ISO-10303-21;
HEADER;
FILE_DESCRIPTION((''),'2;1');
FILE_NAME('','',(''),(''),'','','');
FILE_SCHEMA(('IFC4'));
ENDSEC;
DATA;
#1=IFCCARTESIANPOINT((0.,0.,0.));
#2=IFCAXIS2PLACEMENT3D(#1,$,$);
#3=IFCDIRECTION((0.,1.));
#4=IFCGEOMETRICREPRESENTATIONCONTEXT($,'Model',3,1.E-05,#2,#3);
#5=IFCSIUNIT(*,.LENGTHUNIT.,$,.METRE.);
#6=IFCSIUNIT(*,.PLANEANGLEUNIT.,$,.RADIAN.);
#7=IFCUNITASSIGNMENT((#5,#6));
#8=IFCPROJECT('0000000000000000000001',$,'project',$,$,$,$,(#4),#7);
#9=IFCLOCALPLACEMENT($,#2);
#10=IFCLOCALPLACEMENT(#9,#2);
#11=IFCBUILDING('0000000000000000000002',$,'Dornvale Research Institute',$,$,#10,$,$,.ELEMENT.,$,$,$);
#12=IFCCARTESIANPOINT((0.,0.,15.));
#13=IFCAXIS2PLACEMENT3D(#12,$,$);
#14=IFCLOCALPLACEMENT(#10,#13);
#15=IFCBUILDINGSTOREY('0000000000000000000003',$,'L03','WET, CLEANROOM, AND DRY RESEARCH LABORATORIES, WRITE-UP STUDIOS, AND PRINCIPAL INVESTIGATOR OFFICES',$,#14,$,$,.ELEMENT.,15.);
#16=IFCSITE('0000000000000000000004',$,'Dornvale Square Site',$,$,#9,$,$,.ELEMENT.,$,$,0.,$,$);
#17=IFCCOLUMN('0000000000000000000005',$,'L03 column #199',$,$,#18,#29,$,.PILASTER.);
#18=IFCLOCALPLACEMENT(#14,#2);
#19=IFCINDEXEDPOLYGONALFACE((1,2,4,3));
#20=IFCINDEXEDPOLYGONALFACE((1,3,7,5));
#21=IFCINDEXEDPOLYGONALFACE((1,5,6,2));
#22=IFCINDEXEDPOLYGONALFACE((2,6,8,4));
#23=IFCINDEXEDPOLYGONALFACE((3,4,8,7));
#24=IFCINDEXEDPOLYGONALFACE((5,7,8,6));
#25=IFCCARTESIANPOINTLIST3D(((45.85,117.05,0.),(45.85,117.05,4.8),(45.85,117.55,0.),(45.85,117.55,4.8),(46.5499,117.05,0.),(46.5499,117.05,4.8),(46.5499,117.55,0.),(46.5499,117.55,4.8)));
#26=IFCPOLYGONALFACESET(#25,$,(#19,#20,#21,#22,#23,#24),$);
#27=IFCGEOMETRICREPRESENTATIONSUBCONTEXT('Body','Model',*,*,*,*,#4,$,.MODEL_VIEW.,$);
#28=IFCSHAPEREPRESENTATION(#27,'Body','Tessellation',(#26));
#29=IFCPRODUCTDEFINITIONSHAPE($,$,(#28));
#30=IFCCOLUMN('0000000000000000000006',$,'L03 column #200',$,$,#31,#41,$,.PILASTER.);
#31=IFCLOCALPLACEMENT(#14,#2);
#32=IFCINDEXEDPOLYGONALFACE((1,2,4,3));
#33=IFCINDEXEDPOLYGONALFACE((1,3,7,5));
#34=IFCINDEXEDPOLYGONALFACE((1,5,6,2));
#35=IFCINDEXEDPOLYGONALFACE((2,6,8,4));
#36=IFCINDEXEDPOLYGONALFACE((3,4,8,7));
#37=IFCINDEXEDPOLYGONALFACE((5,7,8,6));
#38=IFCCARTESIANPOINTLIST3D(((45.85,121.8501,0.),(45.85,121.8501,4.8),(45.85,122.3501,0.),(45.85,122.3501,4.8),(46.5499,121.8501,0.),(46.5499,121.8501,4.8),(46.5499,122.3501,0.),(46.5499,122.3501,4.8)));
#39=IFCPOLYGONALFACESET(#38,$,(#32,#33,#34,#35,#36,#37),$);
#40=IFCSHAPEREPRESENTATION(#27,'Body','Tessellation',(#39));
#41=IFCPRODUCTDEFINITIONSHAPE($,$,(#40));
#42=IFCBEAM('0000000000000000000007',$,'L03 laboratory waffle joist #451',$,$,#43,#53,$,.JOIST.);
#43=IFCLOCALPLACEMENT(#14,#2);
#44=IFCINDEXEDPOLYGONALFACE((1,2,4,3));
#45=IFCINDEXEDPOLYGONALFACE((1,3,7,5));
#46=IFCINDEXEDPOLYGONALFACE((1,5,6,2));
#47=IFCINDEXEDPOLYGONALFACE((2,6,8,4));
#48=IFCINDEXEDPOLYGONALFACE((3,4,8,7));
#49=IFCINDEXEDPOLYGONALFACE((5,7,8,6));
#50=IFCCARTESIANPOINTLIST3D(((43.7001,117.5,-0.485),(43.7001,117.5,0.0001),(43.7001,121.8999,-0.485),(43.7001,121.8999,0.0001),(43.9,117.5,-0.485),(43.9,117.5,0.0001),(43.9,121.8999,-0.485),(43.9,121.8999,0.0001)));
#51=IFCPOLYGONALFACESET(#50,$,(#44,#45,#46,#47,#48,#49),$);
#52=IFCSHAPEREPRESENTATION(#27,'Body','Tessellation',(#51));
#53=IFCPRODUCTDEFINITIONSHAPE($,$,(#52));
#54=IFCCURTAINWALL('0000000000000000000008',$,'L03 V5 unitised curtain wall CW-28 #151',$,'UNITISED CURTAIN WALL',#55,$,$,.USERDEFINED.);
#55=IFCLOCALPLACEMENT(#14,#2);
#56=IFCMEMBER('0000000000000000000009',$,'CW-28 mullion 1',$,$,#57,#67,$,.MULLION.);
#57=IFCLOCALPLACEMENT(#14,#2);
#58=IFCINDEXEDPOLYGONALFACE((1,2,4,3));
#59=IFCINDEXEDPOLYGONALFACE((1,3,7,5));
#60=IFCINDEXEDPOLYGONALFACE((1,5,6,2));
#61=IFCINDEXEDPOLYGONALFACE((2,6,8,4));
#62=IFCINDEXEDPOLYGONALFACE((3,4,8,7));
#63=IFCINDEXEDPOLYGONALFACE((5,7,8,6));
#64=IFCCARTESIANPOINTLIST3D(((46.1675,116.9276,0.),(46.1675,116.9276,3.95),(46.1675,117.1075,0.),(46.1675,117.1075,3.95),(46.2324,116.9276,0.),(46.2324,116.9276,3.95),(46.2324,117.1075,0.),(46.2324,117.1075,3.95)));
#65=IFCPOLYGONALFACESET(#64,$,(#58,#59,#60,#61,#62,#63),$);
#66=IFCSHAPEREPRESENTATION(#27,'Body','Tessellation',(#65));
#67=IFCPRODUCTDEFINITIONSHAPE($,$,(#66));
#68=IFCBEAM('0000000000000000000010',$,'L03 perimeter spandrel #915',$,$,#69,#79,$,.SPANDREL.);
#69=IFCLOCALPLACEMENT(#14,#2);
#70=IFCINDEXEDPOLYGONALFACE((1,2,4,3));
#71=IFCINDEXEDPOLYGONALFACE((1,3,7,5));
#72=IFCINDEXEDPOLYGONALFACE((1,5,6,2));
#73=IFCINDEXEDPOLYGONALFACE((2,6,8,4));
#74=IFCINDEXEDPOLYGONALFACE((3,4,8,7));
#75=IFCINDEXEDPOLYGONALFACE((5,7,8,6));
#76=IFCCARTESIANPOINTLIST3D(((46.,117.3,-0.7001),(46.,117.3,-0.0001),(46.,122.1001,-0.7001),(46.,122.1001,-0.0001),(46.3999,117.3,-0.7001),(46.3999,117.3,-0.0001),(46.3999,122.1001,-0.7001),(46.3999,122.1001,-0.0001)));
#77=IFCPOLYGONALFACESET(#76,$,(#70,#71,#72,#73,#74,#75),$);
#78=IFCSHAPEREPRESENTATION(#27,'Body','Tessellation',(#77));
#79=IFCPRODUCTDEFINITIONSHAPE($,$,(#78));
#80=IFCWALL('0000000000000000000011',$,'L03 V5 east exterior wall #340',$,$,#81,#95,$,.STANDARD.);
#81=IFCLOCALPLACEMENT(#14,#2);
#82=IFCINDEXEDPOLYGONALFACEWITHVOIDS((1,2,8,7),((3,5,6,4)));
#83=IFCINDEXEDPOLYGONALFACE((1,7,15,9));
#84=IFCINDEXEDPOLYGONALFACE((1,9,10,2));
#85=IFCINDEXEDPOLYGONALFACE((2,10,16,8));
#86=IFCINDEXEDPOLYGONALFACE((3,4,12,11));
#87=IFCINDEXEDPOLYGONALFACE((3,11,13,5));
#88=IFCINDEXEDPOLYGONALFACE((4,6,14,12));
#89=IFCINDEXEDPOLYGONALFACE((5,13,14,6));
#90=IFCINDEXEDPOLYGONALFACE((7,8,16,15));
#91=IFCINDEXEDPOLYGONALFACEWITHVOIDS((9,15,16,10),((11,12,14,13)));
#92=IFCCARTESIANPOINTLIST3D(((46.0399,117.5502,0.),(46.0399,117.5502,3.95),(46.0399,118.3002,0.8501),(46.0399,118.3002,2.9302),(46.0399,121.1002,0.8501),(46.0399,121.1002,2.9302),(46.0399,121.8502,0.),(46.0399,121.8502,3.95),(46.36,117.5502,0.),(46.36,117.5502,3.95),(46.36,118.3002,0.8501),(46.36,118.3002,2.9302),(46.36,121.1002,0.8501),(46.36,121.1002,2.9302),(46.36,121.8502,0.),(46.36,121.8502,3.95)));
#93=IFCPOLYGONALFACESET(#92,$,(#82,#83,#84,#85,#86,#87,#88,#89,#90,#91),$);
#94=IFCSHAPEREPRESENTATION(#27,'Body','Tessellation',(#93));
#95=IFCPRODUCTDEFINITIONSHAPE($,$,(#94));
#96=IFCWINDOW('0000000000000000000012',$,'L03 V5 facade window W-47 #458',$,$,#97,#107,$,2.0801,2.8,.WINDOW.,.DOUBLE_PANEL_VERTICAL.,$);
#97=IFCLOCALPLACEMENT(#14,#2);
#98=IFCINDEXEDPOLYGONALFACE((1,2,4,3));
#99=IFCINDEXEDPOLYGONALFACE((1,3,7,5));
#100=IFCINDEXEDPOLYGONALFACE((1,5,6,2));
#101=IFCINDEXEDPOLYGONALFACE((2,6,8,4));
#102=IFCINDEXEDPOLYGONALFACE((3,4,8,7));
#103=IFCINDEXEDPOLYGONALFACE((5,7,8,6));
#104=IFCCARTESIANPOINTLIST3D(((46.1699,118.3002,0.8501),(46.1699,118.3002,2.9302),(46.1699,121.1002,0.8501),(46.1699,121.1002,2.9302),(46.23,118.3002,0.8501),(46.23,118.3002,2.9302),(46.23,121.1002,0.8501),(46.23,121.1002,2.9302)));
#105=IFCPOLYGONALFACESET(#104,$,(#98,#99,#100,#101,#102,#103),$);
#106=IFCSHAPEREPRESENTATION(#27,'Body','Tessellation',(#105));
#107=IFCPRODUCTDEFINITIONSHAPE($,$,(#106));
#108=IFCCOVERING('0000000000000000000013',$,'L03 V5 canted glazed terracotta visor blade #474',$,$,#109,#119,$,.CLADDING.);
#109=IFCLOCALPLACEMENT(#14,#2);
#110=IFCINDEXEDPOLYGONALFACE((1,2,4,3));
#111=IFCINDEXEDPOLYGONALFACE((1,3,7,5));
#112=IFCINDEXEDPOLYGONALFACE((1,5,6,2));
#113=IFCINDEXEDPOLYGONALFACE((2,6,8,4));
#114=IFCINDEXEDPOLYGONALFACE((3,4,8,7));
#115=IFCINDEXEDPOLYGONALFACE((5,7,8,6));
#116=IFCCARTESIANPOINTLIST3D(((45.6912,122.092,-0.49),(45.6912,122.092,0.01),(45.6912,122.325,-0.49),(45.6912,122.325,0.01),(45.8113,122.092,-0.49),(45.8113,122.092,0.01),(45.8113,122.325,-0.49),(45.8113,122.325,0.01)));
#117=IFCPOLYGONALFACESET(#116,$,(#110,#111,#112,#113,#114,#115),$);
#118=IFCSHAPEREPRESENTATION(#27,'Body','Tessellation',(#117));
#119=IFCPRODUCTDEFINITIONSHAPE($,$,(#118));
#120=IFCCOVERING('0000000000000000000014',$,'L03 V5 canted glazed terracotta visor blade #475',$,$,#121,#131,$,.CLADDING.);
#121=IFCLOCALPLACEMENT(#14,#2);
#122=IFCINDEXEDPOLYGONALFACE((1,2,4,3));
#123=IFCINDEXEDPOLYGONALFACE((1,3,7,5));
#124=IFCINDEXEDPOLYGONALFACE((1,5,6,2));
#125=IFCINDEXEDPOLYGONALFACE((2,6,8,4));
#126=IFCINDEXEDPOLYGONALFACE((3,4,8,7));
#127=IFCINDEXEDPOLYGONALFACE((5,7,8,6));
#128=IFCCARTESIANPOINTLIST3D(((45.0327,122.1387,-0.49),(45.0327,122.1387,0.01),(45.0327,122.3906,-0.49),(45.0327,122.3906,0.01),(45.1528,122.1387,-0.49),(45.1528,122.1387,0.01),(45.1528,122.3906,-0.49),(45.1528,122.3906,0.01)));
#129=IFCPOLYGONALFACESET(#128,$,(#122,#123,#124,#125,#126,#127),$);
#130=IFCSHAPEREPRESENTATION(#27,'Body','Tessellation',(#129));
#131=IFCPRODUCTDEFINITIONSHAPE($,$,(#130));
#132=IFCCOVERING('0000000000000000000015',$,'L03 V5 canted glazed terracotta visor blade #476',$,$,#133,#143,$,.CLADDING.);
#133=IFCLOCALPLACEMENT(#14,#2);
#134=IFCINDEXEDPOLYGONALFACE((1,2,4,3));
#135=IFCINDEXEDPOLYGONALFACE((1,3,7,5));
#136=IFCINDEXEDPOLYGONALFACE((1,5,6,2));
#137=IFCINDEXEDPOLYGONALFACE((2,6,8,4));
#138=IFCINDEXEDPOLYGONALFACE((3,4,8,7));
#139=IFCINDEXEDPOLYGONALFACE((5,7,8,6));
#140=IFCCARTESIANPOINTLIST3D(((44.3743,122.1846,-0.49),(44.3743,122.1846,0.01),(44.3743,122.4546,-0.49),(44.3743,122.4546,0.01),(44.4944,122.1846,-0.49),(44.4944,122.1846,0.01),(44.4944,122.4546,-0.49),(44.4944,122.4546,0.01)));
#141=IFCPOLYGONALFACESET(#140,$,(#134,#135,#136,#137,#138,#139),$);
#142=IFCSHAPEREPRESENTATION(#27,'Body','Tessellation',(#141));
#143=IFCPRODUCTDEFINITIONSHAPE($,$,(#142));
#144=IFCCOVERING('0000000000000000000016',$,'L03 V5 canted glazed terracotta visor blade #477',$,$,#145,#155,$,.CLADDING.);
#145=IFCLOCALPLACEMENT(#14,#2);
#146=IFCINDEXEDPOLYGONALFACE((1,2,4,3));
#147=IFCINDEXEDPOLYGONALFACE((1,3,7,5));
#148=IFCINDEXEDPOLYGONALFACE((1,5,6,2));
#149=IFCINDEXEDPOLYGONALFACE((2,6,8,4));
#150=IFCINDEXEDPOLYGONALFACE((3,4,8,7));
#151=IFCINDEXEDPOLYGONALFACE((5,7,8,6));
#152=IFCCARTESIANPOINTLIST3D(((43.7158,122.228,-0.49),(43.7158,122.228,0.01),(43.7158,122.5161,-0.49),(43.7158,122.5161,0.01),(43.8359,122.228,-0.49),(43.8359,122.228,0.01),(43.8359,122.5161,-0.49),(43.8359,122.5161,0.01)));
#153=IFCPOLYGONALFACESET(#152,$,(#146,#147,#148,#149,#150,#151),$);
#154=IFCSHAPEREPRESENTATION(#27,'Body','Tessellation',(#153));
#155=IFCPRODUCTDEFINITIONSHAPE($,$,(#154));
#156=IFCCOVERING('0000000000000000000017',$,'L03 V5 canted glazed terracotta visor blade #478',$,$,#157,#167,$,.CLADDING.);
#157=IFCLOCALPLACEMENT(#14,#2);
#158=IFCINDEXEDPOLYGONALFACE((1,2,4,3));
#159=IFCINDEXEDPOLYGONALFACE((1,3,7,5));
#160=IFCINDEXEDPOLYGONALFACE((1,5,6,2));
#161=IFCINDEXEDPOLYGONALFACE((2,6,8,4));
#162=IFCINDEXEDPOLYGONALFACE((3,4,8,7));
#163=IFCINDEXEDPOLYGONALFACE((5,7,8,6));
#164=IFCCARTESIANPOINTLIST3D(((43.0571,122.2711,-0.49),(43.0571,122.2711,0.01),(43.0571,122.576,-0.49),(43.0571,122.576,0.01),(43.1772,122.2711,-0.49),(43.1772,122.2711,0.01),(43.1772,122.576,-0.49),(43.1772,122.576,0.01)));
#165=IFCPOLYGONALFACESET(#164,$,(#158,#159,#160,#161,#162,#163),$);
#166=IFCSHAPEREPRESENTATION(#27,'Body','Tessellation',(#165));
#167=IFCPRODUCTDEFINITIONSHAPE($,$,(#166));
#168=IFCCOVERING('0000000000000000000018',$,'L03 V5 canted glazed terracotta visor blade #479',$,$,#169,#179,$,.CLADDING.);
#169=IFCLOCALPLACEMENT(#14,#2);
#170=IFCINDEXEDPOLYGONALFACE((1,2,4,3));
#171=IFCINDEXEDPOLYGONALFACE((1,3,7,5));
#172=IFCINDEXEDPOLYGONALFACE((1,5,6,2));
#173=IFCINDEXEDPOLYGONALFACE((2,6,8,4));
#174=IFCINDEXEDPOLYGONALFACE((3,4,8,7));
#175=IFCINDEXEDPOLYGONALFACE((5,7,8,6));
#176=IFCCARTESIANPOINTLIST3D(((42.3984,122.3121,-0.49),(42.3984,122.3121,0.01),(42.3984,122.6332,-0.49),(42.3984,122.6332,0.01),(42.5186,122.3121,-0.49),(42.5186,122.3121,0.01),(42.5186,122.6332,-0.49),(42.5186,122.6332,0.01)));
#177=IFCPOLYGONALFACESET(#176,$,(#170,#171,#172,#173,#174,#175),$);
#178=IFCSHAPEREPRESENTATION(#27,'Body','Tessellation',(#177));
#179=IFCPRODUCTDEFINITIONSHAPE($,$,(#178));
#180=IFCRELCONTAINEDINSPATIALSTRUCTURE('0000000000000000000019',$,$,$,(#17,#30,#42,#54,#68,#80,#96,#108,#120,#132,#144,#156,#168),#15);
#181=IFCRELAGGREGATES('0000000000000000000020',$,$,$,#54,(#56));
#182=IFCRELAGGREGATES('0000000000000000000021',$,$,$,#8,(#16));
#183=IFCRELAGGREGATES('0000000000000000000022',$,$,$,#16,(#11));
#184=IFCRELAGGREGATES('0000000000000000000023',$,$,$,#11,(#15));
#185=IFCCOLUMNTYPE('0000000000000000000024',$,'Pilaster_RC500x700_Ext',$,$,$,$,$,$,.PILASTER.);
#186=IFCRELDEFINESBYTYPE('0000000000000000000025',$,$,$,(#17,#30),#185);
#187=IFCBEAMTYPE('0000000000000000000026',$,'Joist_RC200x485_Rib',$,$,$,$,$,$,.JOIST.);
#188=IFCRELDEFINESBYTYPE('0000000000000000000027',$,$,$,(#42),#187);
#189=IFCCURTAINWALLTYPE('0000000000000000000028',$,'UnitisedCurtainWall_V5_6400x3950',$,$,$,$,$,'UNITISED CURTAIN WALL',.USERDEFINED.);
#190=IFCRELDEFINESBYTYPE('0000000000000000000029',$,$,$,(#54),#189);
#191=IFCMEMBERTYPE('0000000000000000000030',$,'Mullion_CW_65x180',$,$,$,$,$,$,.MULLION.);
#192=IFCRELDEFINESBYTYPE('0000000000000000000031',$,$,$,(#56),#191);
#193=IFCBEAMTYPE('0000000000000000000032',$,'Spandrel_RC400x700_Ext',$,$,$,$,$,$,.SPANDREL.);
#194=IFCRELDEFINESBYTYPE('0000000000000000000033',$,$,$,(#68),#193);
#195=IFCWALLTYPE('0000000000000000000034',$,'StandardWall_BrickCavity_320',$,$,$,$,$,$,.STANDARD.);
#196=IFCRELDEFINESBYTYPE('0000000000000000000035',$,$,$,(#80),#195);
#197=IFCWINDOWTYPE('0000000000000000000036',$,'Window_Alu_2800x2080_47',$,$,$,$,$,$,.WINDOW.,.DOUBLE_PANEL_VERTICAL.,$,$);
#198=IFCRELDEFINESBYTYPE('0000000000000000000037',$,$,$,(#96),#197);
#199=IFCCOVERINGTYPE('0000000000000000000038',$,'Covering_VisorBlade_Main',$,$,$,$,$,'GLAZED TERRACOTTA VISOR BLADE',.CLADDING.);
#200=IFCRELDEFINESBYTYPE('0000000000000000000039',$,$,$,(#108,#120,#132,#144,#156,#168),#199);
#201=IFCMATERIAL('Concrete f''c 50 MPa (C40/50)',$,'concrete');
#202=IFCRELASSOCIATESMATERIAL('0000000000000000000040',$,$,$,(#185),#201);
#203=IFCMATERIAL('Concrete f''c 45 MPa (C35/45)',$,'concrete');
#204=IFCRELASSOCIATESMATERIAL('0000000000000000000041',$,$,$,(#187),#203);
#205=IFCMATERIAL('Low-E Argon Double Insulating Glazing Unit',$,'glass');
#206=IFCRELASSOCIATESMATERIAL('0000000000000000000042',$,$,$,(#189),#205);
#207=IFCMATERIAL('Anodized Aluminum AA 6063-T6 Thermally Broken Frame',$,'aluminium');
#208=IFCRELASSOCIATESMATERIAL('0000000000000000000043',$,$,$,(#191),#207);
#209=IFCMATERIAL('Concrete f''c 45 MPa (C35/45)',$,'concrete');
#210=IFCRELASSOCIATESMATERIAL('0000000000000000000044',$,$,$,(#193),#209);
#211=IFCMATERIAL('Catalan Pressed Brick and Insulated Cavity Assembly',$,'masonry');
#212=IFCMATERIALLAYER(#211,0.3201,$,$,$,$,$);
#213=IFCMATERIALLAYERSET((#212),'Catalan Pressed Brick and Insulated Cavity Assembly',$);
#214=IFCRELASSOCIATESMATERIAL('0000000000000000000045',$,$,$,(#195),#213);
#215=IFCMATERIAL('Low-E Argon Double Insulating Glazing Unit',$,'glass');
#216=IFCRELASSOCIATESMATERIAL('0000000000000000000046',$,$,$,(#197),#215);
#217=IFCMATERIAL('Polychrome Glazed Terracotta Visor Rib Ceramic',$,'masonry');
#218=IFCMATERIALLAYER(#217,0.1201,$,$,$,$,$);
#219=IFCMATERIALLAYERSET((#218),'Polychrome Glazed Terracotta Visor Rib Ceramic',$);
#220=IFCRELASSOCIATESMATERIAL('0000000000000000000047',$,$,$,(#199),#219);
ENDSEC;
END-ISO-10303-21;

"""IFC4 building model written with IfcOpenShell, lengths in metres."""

from ifc_helpers import new_model, si_unit, direction, frame, frame_2d, origin, origin_2d, place, context, subcontext, project, spatial, rectangle, extrude, material, layer, layer_set, material_profile, profile_set, type_object, element, fill, aggregate, save


model = new_model("IFC4")

# Units and contexts
model_context = context("Model", 3, precision=1e-05, world=origin(), true_north=direction((0.0, 1.0)))
body_context = subcontext(model_context, "Body", "Model", "MODEL_VIEW")
ifc_project = project(units=[si_unit("LENGTHUNIT", "METRE"), si_unit("PLANEANGLEUNIT", "RADIAN")], contexts=[model_context])

# Site, building, storey
site_placement = place(None, origin())
site = spatial("IfcSite", under=ifc_project, at=site_placement, Name="Dornvale Square Site", CompositionType="ELEMENT", RefElevation=0.0)
building_placement = place(site_placement, origin())
building = spatial("IfcBuilding", under=site, at=building_placement, Name="Dornvale Research Institute", CompositionType="ELEMENT")
storey_placement = place(building_placement, frame((0.0, 0.0, 15.0)))
storey = spatial("IfcBuildingStorey", under=building, at=storey_placement, Name="L03", Description="WET, CLEANROOM, AND DRY RESEARCH LABORATORIES, WRITE-UP STUDIOS, AND PRINCIPAL INVESTIGATOR OFFICES", CompositionType="ELEMENT", Elevation=15.0)

# Columns
ifc_material_1 = material(Name="Concrete f'c 50 MPa (C40/50)", Category="concrete")
ifc_material_profile_1 = material_profile(ifc_material_1, rectangle(XDim=0.5, YDim=0.7, at=origin_2d()), Name="RC 500x700")
ifc_profile_set_1 = profile_set([ifc_material_profile_1], Name="Concrete f'c 50 MPa (C40/50)")
column_type = type_object("IfcColumnType", Name="Pilaster_RC500x700_Ext", PredefinedType="PILASTER", material=ifc_profile_set_1)
for number, where, z_axis, x_axis, name in (
    (1, (46.2, 117.3, 0.0), (0.0, 0.0, 1.0), (0.0, 1.0, 0.0), "L03 column #199"),
    (2, (46.2, 122.1001, 0.0), (0.0, 0.0, 1.0), (0.0, 1.0, 0.0), "L03 column #200"),
):
    element("IfcColumn", number, at=place(storey_placement, frame(where, z_axis=z_axis, x_axis=x_axis)), inside=storey, type_object=column_type, Name=name, PredefinedType="PILASTER", context=body_context, shape_type="SweptSolid", body=[
        extrude(rectangle(XDim=0.5, YDim=0.7, at=origin_2d()), origin(), (0.0, 0.0, 1.0), 4.8),
    ])

# Beam
ifc_material_2 = material(Name="Concrete f'c 45 MPa (C35/45)", Category="concrete")
ifc_material_profile_2 = material_profile(ifc_material_2, rectangle(XDim=0.2, YDim=0.4851, at=origin_2d()), Name="RC 200x485")
ifc_profile_set_2 = profile_set([ifc_material_profile_2], Name="Concrete f'c 45 MPa (C35/45)")
beam_type_1 = type_object("IfcBeamType", Name="Joist_RC200x485_Rib", PredefinedType="JOIST", material=ifc_profile_set_2)
beam_1_placement = place(storey_placement, frame((43.8, 117.5, -0.2424), z_axis=(0.0, 1.0, 0.0), x_axis=(-1.0, 0.0, 0.0)))
element("IfcBeam", 3, at=beam_1_placement, inside=storey, type_object=beam_type_1, Name="L03 laboratory waffle joist #451", PredefinedType="JOIST", context=body_context, shape_type="SweptSolid", body=[
    extrude(rectangle(XDim=0.2, YDim=0.4851, at=origin_2d()), origin(), (0.0, 0.0, 1.0), 4.3999),
])

# Curtain wall, member
ifc_material_3 = material(Name="Low-E Argon Double Insulating Glazing Unit", Category="glass")
curtain_wall_type = type_object("IfcCurtainWallType", Name="UnitisedCurtainWall_V5_6400x3950", ElementType="UNITISED CURTAIN WALL", PredefinedType="USERDEFINED", material=ifc_material_3)
curtain_wall_placement = place(storey_placement, origin())
curtain_wall = element("IfcCurtainWall", 4, at=curtain_wall_placement, inside=storey, type_object=curtain_wall_type, Name="L03 V5 unitised curtain wall CW-28 #151", ObjectType="UNITISED CURTAIN WALL", PredefinedType="USERDEFINED")
ifc_material_4 = material(Name="Anodized Aluminum AA 6063-T6 Thermally Broken Frame", Category="aluminium")
ifc_material_profile_3 = material_profile(ifc_material_4, rectangle(XDim=0.0649, YDim=0.1799, at=origin_2d()), Name="ALU MULLION 65x180")
ifc_profile_set_3 = profile_set([ifc_material_profile_3], Name="Anodized Aluminum AA 6063-T6 Thermally Broken Frame")
member_type = type_object("IfcMemberType", Name="Mullion_CW_65x180", PredefinedType="MULLION", material=ifc_profile_set_3)
member_placement = place(storey_placement, frame((46.2, 117.0176, 0.0), z_axis=(0.0, 0.0, 1.0), x_axis=(1.0, 0.0, 0.0)))
member = element("IfcMember", 5, at=member_placement, type_object=member_type, Name="CW-28 mullion 1", PredefinedType="MULLION", context=body_context, shape_type="SweptSolid", body=[
    extrude(rectangle(XDim=0.0649, YDim=0.1799, at=origin_2d()), origin(), (0.0, 0.0, 1.0), 3.95),
])
aggregate(curtain_wall, [member])

# Beam
ifc_material_5 = material(Name="Concrete f'c 45 MPa (C35/45)", Category="concrete")
ifc_material_profile_4 = material_profile(ifc_material_5, rectangle(XDim=0.3999, YDim=0.7, at=origin_2d()), Name="RC 400x700")
ifc_profile_set_4 = profile_set([ifc_material_profile_4], Name="Concrete f'c 45 MPa (C35/45)")
beam_type_2 = type_object("IfcBeamType", Name="Spandrel_RC400x700_Ext", PredefinedType="SPANDREL", material=ifc_profile_set_4)
beam_2_placement = place(storey_placement, frame((46.2, 117.3, -0.3501), z_axis=(0.0, 1.0, 0.0), x_axis=(-1.0, 0.0, 0.0)))
element("IfcBeam", 6, at=beam_2_placement, inside=storey, type_object=beam_type_2, Name="L03 perimeter spandrel #915", PredefinedType="SPANDREL", context=body_context, shape_type="SweptSolid", body=[
    extrude(rectangle(XDim=0.3999, YDim=0.7, at=origin_2d()), origin(), (0.0, 0.0, 1.0), 4.8),
])

# Wall, opening, window
ifc_material_6 = material(Name="Catalan Pressed Brick and Insulated Cavity Assembly", Category="masonry")
ifc_layer_1 = layer(ifc_material_6, 0.3201)
ifc_layer_set_1 = layer_set([ifc_layer_1], Name="Catalan Pressed Brick and Insulated Cavity Assembly")
wall_type = type_object("IfcWallType", Name="StandardWall_BrickCavity_320", PredefinedType="STANDARD", material=ifc_layer_set_1)
wall_placement = place(storey_placement, frame((46.2, 121.8501, 0.0), z_axis=(0.0, 0.0, 1.0), x_axis=(0.0, -1.0, 0.0)))
wall = element("IfcWall", 7, at=wall_placement, inside=storey, type_object=wall_type, Name="L03 V5 east exterior wall #340", PredefinedType="STANDARD", context=body_context, shape_type="SweptSolid", body=[
    extrude(rectangle(XDim=4.3, YDim=0.3201, at=frame_2d((2.1499, 0.0))), origin(), (0.0, 0.0, 1.0), 3.95),
])
opening_placement = place(wall_placement, frame((0.75, 0.0, 0.8501)))
opening = element("IfcOpeningElement", 8, at=opening_placement, cuts=wall, PredefinedType="OPENING", context=body_context, shape_type="SweptSolid", body=[
    extrude(rectangle(XDim=2.8, YDim=2.0801, at=frame_2d((1.3999, 1.04))), frame((0.0, 0.175, 0.0), z_axis=(0.0, -1.0, 0.0), x_axis=(1.0, 0.0, 0.0)), (0.0, 0.0, 1.0), 0.3501),
])
ifc_material_7 = material(Name="Low-E Argon Double Insulating Glazing Unit", Category="glass")
window_type = type_object("IfcWindowType", Name="Window_Alu_2800x2080_47", PartitioningType="DOUBLE_PANEL_VERTICAL", PredefinedType="WINDOW", material=ifc_material_7)
window_placement = place(opening_placement, origin())
window = element("IfcWindow", 9, at=window_placement, inside=storey, type_object=window_type, Name="L03 V5 facade window W-47 #458", OverallHeight=2.0801, OverallWidth=2.8, PartitioningType="DOUBLE_PANEL_VERTICAL", PredefinedType="WINDOW", context=body_context, shape_type="SweptSolid", body=[
    extrude(rectangle(XDim=2.8, YDim=2.0801, at=frame_2d((1.3999, 1.04))), frame((0.0, 0.03, 0.0), z_axis=(0.0, -1.0, 0.0), x_axis=(1.0, 0.0, 0.0)), (0.0, 0.0, 1.0), 0.0601),
])
fill(opening, window)

# Coverings
ifc_material_8 = material(Name="Polychrome Glazed Terracotta Visor Rib Ceramic", Category="masonry")
ifc_layer_2 = layer(ifc_material_8, 0.1201)
ifc_layer_set_2 = layer_set([ifc_layer_2], Name="Polychrome Glazed Terracotta Visor Rib Ceramic")
covering_type = type_object("IfcCoveringType", Name="Covering_VisorBlade_Main", ElementType="GLAZED TERRACOTTA VISOR BLADE", PredefinedType="CLADDING", material=ifc_layer_set_2)
covering_1_placement = place(storey_placement, frame((45.7512, 122.2085, -0.49), z_axis=(0.0, 0.0, 1.0), x_axis=(0.0, 1.0, 0.0)))
element("IfcCovering", 10, at=covering_1_placement, inside=storey, type_object=covering_type, Name="L03 V5 canted glazed terracotta visor blade #474", PredefinedType="CLADDING", context=body_context, shape_type="SweptSolid", body=[
    extrude(rectangle(XDim=0.2329, YDim=0.1201, at=origin_2d()), origin(), (0.0, 0.0, 1.0), 0.5),
])
covering_2_placement = place(storey_placement, frame((45.0928, 122.2646, -0.49), z_axis=(0.0, 0.0, 1.0), x_axis=(0.0, 1.0, 0.0)))
element("IfcCovering", 11, at=covering_2_placement, inside=storey, type_object=covering_type, Name="L03 V5 canted glazed terracotta visor blade #475", PredefinedType="CLADDING", context=body_context, shape_type="SweptSolid", body=[
    extrude(rectangle(XDim=0.252, YDim=0.1201, at=origin_2d()), origin(), (0.0, 0.0, 1.0), 0.5),
])
covering_3_placement = place(storey_placement, frame((44.4343, 122.3196, -0.49), z_axis=(0.0, 0.0, 1.0), x_axis=(0.0, 1.0, 0.0)))
element("IfcCovering", 12, at=covering_3_placement, inside=storey, type_object=covering_type, Name="L03 V5 canted glazed terracotta visor blade #476", PredefinedType="CLADDING", context=body_context, shape_type="SweptSolid", body=[
    extrude(rectangle(XDim=0.27, YDim=0.1201, at=origin_2d()), origin(), (0.0, 0.0, 1.0), 0.5),
])
covering_4_placement = place(storey_placement, frame((43.7759, 122.3721, -0.49), z_axis=(0.0, 0.0, 1.0), x_axis=(0.0, 1.0, 0.0)))
element("IfcCovering", 13, at=covering_4_placement, inside=storey, type_object=covering_type, Name="L03 V5 canted glazed terracotta visor blade #477", PredefinedType="CLADDING", context=body_context, shape_type="SweptSolid", body=[
    extrude(rectangle(XDim=0.2881, YDim=0.1201, at=origin_2d()), origin(), (0.0, 0.0, 1.0), 0.5),
])
covering_5_placement = place(storey_placement, frame((43.1172, 122.4236, -0.49), z_axis=(0.0, 0.0, 1.0), x_axis=(0.0, 1.0, 0.0)))
element("IfcCovering", 14, at=covering_5_placement, inside=storey, type_object=covering_type, Name="L03 V5 canted glazed terracotta visor blade #478", PredefinedType="CLADDING", context=body_context, shape_type="SweptSolid", body=[
    extrude(rectangle(XDim=0.3049, YDim=0.1201, at=origin_2d()), origin(), (0.0, 0.0, 1.0), 0.5),
])
covering_6_placement = place(storey_placement, frame((42.4585, 122.4727, -0.49), z_axis=(0.0, 0.0, 1.0), x_axis=(0.0, 1.0, 0.0)))
element("IfcCovering", 15, at=covering_6_placement, inside=storey, type_object=covering_type, Name="L03 V5 canted glazed terracotta visor blade #479", PredefinedType="CLADDING", context=body_context, shape_type="SweptSolid", body=[
    extrude(rectangle(XDim=0.321, YDim=0.1201, at=origin_2d()), origin(), (0.0, 0.0, 1.0), 0.5),
])

save(model, "model.ifc")
